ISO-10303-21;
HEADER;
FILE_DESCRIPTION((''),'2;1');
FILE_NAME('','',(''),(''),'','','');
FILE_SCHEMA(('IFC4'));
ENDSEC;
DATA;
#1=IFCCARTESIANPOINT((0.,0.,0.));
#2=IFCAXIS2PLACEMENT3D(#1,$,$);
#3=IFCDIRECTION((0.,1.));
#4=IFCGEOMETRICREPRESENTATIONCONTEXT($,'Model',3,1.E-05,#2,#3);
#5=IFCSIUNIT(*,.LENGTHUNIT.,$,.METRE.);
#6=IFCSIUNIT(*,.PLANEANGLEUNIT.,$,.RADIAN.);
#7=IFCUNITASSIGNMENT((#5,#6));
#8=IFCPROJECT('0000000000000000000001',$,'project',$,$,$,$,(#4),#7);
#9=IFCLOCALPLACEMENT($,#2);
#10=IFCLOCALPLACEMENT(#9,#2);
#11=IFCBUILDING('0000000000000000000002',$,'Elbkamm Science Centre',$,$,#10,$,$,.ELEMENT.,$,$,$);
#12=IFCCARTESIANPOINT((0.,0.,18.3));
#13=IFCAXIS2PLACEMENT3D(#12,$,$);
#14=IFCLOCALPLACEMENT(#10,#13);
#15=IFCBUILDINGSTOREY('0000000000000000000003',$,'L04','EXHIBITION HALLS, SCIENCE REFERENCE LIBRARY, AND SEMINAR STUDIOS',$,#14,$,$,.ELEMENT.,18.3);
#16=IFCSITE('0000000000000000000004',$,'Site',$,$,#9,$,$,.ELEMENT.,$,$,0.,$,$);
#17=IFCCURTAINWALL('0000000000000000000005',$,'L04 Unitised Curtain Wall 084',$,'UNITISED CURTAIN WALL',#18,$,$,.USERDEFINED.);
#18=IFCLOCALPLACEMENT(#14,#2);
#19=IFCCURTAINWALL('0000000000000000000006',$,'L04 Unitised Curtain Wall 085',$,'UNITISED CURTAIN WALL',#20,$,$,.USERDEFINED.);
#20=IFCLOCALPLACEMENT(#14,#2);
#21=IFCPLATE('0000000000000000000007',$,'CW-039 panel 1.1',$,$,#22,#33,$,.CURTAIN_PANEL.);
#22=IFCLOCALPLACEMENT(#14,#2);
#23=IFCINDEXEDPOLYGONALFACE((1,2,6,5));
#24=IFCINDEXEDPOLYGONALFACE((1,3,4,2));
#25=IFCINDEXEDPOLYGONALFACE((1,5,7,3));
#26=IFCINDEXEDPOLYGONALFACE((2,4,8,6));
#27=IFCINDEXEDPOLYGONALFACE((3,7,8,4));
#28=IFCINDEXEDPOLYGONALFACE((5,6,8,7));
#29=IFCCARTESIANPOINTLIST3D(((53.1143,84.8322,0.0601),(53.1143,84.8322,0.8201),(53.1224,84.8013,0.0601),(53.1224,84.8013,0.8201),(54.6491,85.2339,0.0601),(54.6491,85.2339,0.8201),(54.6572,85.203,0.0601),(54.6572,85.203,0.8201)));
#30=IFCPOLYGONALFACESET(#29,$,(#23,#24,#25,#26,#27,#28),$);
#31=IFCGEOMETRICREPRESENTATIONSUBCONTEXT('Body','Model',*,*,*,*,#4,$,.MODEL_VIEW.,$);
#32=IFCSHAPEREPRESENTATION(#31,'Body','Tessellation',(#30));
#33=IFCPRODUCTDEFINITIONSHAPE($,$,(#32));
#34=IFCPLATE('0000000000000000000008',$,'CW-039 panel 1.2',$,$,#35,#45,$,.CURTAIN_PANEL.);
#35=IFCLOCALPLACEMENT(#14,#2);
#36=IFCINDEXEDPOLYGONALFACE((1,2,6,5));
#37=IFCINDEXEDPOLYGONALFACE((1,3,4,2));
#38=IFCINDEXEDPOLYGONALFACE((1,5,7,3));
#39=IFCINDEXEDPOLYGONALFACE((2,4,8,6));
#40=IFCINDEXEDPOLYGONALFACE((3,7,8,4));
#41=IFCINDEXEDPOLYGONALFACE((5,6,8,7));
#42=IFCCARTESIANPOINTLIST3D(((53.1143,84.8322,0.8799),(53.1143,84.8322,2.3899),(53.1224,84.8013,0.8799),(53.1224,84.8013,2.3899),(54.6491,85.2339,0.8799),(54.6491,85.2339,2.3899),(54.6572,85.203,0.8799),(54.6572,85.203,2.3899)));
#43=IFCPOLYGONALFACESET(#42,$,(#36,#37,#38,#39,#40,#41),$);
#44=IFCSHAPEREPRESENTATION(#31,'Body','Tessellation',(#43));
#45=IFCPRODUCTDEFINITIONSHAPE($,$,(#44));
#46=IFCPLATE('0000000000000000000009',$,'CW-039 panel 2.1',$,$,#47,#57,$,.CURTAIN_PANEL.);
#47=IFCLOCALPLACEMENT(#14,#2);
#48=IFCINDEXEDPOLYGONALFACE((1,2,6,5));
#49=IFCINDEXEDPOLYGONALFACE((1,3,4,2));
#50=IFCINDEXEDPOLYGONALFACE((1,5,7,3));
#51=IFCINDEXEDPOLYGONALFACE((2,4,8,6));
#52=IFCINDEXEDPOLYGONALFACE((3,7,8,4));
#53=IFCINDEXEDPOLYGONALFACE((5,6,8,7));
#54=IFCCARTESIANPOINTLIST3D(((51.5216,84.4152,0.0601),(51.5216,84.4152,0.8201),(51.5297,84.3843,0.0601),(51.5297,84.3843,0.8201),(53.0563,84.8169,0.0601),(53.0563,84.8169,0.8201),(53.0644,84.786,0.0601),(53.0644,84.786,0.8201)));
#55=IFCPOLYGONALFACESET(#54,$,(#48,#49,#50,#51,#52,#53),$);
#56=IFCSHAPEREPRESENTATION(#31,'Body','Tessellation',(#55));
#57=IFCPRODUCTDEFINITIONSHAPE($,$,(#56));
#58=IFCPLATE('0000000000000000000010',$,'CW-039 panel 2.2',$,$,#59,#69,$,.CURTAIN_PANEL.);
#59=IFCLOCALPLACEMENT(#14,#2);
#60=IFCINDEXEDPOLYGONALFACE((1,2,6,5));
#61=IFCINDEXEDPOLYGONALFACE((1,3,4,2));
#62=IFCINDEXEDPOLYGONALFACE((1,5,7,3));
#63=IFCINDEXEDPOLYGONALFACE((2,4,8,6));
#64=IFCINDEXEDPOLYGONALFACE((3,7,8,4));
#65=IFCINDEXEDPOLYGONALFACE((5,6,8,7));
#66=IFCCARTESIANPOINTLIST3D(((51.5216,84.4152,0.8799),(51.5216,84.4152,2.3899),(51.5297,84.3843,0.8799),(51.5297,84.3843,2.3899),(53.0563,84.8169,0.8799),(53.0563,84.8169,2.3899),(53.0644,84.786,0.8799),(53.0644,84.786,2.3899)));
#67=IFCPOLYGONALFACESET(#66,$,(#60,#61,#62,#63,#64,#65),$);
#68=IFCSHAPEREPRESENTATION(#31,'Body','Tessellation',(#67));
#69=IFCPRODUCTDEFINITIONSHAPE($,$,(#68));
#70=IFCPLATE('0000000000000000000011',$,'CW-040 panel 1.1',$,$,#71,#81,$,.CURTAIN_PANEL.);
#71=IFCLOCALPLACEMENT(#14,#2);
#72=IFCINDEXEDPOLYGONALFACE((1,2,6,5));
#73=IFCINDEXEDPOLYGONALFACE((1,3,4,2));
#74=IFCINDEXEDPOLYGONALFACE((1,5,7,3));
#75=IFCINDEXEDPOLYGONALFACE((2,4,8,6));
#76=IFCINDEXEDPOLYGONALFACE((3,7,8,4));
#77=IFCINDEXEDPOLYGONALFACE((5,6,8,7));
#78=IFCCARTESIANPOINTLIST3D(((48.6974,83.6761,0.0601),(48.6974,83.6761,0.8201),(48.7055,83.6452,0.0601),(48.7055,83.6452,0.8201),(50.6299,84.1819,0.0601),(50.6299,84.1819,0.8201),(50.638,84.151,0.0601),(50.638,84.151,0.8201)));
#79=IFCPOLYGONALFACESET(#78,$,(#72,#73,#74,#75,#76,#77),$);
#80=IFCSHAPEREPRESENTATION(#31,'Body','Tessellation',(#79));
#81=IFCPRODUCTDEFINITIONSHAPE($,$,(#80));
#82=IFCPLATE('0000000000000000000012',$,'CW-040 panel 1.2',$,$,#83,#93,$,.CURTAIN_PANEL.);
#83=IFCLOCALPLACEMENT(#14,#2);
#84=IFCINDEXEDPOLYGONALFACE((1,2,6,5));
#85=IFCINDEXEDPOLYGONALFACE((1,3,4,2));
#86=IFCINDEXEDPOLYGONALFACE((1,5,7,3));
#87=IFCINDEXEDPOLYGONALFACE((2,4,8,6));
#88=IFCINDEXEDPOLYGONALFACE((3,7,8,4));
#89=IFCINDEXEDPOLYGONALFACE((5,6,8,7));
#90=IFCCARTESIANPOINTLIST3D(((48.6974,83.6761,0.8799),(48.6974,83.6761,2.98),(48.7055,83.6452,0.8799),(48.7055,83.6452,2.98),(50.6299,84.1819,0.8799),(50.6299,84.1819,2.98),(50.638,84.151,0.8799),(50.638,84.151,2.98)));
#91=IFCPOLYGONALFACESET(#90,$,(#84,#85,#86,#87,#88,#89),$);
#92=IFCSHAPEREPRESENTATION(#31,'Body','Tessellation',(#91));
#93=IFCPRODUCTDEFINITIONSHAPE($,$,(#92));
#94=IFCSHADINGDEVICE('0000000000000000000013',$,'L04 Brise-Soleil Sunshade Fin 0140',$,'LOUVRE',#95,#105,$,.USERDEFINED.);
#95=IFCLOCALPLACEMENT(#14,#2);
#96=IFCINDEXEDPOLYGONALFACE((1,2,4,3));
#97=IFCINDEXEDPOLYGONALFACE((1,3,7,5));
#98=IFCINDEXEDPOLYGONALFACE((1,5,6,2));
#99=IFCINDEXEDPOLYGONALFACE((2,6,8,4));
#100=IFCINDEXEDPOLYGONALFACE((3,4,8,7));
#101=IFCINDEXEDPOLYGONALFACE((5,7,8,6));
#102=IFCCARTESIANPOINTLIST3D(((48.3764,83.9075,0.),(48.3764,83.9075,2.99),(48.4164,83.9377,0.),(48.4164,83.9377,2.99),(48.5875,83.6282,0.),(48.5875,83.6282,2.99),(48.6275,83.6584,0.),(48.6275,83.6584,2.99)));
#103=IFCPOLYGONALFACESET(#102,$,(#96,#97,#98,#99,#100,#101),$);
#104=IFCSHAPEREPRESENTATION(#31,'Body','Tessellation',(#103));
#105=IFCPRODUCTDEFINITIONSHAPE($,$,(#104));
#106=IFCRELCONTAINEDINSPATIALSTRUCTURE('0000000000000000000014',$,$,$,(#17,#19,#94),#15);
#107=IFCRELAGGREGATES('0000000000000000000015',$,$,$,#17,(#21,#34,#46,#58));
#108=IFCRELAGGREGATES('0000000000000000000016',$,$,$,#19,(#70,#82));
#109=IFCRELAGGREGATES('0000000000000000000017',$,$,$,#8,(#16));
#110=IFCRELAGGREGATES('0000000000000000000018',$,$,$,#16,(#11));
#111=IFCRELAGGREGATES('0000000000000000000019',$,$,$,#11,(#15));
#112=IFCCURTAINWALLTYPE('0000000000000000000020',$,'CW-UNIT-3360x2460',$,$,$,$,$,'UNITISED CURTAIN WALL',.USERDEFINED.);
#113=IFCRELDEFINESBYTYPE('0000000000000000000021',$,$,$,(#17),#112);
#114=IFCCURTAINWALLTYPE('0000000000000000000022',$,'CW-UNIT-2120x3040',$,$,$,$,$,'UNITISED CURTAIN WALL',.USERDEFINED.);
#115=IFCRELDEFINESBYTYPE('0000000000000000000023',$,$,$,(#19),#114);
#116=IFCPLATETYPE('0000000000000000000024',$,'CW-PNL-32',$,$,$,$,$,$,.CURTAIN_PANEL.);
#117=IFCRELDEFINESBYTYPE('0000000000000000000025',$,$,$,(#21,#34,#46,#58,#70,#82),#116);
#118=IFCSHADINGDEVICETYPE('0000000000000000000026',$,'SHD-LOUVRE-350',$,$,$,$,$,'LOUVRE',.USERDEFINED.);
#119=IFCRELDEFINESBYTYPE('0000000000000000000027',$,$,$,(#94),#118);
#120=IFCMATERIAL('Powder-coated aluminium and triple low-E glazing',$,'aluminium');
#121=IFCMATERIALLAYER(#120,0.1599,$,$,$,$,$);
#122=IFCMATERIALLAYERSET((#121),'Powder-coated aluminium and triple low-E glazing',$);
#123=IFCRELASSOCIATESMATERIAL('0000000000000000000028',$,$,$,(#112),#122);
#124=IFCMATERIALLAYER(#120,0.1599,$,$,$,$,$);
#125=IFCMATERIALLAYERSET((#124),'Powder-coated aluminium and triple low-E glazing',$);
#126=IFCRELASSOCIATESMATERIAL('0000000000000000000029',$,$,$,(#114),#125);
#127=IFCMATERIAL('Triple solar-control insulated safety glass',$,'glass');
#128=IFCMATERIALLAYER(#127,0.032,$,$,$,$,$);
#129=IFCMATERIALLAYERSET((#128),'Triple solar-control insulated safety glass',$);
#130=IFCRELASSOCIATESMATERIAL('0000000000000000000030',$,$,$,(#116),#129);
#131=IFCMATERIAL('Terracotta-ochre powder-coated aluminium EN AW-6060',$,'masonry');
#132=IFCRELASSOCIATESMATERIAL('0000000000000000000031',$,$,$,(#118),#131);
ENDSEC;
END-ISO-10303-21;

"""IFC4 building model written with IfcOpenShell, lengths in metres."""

from ifc_helpers import new_model, si_unit, direction, frame, origin, origin_2d, place, context, subcontext, project, spatial, rectangle, extrude, material, layer, layer_set, type_object, element, aggregate, save


model = new_model("IFC4")

# Units and contexts
model_context = context("Model", 3, precision=1e-05, world=origin(), true_north=direction((0.0, 1.0)))
body_context = subcontext(model_context, "Body", "Model", "MODEL_VIEW")
ifc_project = project(units=[si_unit("LENGTHUNIT", "METRE"), si_unit("PLANEANGLEUNIT", "RADIAN")], contexts=[model_context])

# Site, building, storey
site_placement = place(None, origin())
site = spatial("IfcSite", under=ifc_project, at=site_placement, Name="Site", CompositionType="ELEMENT", RefElevation=0.0)
building_placement = place(site_placement, origin())
building = spatial("IfcBuilding", under=site, at=building_placement, Name="Elbkamm Science Centre", CompositionType="ELEMENT")
storey_placement = place(building_placement, frame((0.0, 0.0, 18.3)))
storey = spatial("IfcBuildingStorey", under=building, at=storey_placement, Name="L04", Description="EXHIBITION HALLS, SCIENCE REFERENCE LIBRARY, AND SEMINAR STUDIOS", CompositionType="ELEMENT", Elevation=18.3)

# Shared definitions
ifc_material_1 = material(Name="Powder-coated aluminium and triple low-E glazing", Category="aluminium")

# Curtain walls
ifc_layer_1 = layer(ifc_material_1, 0.1599)
ifc_layer_set_1 = layer_set([ifc_layer_1], Name="Powder-coated aluminium and triple low-E glazing")
curtain_wall_type_1 = type_object("IfcCurtainWallType", Name="CW-UNIT-3360x2460", ElementType="UNITISED CURTAIN WALL", PredefinedType="USERDEFINED", material=ifc_layer_set_1)
curtain_wall_1_placement = place(storey_placement, origin())
curtain_wall_1 = element("IfcCurtainWall", 1, at=curtain_wall_1_placement, inside=storey, type_object=curtain_wall_type_1, Name="L04 Unitised Curtain Wall 084", ObjectType="UNITISED CURTAIN WALL", PredefinedType="USERDEFINED")
ifc_layer_2 = layer(ifc_material_1, 0.1599)
ifc_layer_set_2 = layer_set([ifc_layer_2], Name="Powder-coated aluminium and triple low-E glazing")
curtain_wall_type_2 = type_object("IfcCurtainWallType", Name="CW-UNIT-2120x3040", ElementType="UNITISED CURTAIN WALL", PredefinedType="USERDEFINED", material=ifc_layer_set_2)
curtain_wall_2_placement = place(storey_placement, origin())
curtain_wall_2 = element("IfcCurtainWall", 2, at=curtain_wall_2_placement, inside=storey, type_object=curtain_wall_type_2, Name="L04 Unitised Curtain Wall 085", ObjectType="UNITISED CURTAIN WALL", PredefinedType="USERDEFINED")

# Plates
ifc_material_2 = material(Name="Triple solar-control insulated safety glass", Category="glass")
ifc_layer_3 = layer(ifc_material_2, 0.032)
ifc_layer_set_3 = layer_set([ifc_layer_3], Name="Triple solar-control insulated safety glass")
plate_type = type_object("IfcPlateType", Name="CW-PNL-32", PredefinedType="CURTAIN_PANEL", material=ifc_layer_set_3)
plate_1_placement = place(storey_placement, frame((53.8857, 85.0176, 0.0601), z_axis=(0.0, 0.0, 1.0), x_axis=(-0.96741, -0.253216, 0.0)))
plate_1 = element("IfcPlate", 3, at=plate_1_placement, type_object=plate_type, Name="CW-039 panel 1.1", PredefinedType="CURTAIN_PANEL", context=body_context, shape_type="SweptSolid", body=[
    extrude(rectangle(XDim=1.5864, YDim=0.032, at=origin_2d()), origin(), (0.0, 0.0, 1.0), 0.76),
])
plate_2_placement = place(storey_placement, frame((53.8857, 85.0176, 0.8799), z_axis=(0.0, 0.0, 1.0), x_axis=(-0.96741, -0.253216, 0.0)))
plate_2 = element("IfcPlate", 4, at=plate_2_placement, type_object=plate_type, Name="CW-039 panel 1.2", PredefinedType="CURTAIN_PANEL", context=body_context, shape_type="SweptSolid", body=[
    extrude(rectangle(XDim=1.5864, YDim=0.032, at=origin_2d()), origin(), (0.0, 0.0, 1.0), 1.51),
])
plate_3_placement = place(storey_placement, frame((52.293, 84.6006, 0.0601), z_axis=(0.0, 0.0, 1.0), x_axis=(-0.96741, -0.253216, 0.0)))
plate_3 = element("IfcPlate", 5, at=plate_3_placement, type_object=plate_type, Name="CW-039 panel 2.1", PredefinedType="CURTAIN_PANEL", context=body_context, shape_type="SweptSolid", body=[
    extrude(rectangle(XDim=1.5864, YDim=0.032, at=origin_2d()), origin(), (0.0, 0.0, 1.0), 0.76),
])
plate_4_placement = place(storey_placement, frame((52.293, 84.6006, 0.8799), z_axis=(0.0, 0.0, 1.0), x_axis=(-0.96741, -0.253216, 0.0)))
plate_4 = element("IfcPlate", 6, at=plate_4_placement, type_object=plate_type, Name="CW-039 panel 2.2", PredefinedType="CURTAIN_PANEL", context=body_context, shape_type="SweptSolid", body=[
    extrude(rectangle(XDim=1.5864, YDim=0.032, at=origin_2d()), origin(), (0.0, 0.0, 1.0), 1.51),
])
aggregate(curtain_wall_1, [plate_1, plate_2, plate_3, plate_4])
plate_5_placement = place(storey_placement, frame((49.6677, 83.9136, 0.0601), z_axis=(0.0, 0.0, 1.0), x_axis=(-0.967411, -0.25321, 0.0)))
plate_5 = element("IfcPlate", 7, at=plate_5_placement, type_object=plate_type, Name="CW-040 panel 1.1", PredefinedType="CURTAIN_PANEL", context=body_context, shape_type="SweptSolid", body=[
    extrude(rectangle(XDim=1.9976, YDim=0.032, at=origin_2d()), origin(), (0.0, 0.0, 1.0), 0.76),
])
plate_6_placement = place(storey_placement, frame((49.6677, 83.9136, 0.8799), z_axis=(0.0, 0.0, 1.0), x_axis=(-0.967411, -0.25321, 0.0)))
plate_6 = element("IfcPlate", 8, at=plate_6_placement, type_object=plate_type, Name="CW-040 panel 1.2", PredefinedType="CURTAIN_PANEL", context=body_context, shape_type="SweptSolid", body=[
    extrude(rectangle(XDim=1.9976, YDim=0.032, at=origin_2d()), origin(), (0.0, 0.0, 1.0), 2.1001),
])
aggregate(curtain_wall_2, [plate_5, plate_6])

# Shading device
ifc_material_3 = material(Name="Terracotta-ochre powder-coated aluminium EN AW-6060", Category="masonry")
shading_device_type = type_object("IfcShadingDeviceType", Name="SHD-LOUVRE-350", ElementType="LOUVRE", PredefinedType="USERDEFINED", material=ifc_material_3)
shading_device_placement = place(storey_placement, frame((48.502, 83.783, 0.0), z_axis=(0.0, 0.0, 1.0), x_axis=(-0.602996, 0.797744, 0.0)))
element("IfcShadingDevice", 9, at=shading_device_placement, inside=storey, type_object=shading_device_type, Name="L04 Brise-Soleil Sunshade Fin 0140", ObjectType="LOUVRE", PredefinedType="USERDEFINED", context=body_context, shape_type="SweptSolid", body=[
    extrude(rectangle(XDim=0.3501, YDim=0.05, at=origin_2d()), origin(), (0.0, 0.0, 1.0), 2.99),
])

save(model, "model.ifc")
